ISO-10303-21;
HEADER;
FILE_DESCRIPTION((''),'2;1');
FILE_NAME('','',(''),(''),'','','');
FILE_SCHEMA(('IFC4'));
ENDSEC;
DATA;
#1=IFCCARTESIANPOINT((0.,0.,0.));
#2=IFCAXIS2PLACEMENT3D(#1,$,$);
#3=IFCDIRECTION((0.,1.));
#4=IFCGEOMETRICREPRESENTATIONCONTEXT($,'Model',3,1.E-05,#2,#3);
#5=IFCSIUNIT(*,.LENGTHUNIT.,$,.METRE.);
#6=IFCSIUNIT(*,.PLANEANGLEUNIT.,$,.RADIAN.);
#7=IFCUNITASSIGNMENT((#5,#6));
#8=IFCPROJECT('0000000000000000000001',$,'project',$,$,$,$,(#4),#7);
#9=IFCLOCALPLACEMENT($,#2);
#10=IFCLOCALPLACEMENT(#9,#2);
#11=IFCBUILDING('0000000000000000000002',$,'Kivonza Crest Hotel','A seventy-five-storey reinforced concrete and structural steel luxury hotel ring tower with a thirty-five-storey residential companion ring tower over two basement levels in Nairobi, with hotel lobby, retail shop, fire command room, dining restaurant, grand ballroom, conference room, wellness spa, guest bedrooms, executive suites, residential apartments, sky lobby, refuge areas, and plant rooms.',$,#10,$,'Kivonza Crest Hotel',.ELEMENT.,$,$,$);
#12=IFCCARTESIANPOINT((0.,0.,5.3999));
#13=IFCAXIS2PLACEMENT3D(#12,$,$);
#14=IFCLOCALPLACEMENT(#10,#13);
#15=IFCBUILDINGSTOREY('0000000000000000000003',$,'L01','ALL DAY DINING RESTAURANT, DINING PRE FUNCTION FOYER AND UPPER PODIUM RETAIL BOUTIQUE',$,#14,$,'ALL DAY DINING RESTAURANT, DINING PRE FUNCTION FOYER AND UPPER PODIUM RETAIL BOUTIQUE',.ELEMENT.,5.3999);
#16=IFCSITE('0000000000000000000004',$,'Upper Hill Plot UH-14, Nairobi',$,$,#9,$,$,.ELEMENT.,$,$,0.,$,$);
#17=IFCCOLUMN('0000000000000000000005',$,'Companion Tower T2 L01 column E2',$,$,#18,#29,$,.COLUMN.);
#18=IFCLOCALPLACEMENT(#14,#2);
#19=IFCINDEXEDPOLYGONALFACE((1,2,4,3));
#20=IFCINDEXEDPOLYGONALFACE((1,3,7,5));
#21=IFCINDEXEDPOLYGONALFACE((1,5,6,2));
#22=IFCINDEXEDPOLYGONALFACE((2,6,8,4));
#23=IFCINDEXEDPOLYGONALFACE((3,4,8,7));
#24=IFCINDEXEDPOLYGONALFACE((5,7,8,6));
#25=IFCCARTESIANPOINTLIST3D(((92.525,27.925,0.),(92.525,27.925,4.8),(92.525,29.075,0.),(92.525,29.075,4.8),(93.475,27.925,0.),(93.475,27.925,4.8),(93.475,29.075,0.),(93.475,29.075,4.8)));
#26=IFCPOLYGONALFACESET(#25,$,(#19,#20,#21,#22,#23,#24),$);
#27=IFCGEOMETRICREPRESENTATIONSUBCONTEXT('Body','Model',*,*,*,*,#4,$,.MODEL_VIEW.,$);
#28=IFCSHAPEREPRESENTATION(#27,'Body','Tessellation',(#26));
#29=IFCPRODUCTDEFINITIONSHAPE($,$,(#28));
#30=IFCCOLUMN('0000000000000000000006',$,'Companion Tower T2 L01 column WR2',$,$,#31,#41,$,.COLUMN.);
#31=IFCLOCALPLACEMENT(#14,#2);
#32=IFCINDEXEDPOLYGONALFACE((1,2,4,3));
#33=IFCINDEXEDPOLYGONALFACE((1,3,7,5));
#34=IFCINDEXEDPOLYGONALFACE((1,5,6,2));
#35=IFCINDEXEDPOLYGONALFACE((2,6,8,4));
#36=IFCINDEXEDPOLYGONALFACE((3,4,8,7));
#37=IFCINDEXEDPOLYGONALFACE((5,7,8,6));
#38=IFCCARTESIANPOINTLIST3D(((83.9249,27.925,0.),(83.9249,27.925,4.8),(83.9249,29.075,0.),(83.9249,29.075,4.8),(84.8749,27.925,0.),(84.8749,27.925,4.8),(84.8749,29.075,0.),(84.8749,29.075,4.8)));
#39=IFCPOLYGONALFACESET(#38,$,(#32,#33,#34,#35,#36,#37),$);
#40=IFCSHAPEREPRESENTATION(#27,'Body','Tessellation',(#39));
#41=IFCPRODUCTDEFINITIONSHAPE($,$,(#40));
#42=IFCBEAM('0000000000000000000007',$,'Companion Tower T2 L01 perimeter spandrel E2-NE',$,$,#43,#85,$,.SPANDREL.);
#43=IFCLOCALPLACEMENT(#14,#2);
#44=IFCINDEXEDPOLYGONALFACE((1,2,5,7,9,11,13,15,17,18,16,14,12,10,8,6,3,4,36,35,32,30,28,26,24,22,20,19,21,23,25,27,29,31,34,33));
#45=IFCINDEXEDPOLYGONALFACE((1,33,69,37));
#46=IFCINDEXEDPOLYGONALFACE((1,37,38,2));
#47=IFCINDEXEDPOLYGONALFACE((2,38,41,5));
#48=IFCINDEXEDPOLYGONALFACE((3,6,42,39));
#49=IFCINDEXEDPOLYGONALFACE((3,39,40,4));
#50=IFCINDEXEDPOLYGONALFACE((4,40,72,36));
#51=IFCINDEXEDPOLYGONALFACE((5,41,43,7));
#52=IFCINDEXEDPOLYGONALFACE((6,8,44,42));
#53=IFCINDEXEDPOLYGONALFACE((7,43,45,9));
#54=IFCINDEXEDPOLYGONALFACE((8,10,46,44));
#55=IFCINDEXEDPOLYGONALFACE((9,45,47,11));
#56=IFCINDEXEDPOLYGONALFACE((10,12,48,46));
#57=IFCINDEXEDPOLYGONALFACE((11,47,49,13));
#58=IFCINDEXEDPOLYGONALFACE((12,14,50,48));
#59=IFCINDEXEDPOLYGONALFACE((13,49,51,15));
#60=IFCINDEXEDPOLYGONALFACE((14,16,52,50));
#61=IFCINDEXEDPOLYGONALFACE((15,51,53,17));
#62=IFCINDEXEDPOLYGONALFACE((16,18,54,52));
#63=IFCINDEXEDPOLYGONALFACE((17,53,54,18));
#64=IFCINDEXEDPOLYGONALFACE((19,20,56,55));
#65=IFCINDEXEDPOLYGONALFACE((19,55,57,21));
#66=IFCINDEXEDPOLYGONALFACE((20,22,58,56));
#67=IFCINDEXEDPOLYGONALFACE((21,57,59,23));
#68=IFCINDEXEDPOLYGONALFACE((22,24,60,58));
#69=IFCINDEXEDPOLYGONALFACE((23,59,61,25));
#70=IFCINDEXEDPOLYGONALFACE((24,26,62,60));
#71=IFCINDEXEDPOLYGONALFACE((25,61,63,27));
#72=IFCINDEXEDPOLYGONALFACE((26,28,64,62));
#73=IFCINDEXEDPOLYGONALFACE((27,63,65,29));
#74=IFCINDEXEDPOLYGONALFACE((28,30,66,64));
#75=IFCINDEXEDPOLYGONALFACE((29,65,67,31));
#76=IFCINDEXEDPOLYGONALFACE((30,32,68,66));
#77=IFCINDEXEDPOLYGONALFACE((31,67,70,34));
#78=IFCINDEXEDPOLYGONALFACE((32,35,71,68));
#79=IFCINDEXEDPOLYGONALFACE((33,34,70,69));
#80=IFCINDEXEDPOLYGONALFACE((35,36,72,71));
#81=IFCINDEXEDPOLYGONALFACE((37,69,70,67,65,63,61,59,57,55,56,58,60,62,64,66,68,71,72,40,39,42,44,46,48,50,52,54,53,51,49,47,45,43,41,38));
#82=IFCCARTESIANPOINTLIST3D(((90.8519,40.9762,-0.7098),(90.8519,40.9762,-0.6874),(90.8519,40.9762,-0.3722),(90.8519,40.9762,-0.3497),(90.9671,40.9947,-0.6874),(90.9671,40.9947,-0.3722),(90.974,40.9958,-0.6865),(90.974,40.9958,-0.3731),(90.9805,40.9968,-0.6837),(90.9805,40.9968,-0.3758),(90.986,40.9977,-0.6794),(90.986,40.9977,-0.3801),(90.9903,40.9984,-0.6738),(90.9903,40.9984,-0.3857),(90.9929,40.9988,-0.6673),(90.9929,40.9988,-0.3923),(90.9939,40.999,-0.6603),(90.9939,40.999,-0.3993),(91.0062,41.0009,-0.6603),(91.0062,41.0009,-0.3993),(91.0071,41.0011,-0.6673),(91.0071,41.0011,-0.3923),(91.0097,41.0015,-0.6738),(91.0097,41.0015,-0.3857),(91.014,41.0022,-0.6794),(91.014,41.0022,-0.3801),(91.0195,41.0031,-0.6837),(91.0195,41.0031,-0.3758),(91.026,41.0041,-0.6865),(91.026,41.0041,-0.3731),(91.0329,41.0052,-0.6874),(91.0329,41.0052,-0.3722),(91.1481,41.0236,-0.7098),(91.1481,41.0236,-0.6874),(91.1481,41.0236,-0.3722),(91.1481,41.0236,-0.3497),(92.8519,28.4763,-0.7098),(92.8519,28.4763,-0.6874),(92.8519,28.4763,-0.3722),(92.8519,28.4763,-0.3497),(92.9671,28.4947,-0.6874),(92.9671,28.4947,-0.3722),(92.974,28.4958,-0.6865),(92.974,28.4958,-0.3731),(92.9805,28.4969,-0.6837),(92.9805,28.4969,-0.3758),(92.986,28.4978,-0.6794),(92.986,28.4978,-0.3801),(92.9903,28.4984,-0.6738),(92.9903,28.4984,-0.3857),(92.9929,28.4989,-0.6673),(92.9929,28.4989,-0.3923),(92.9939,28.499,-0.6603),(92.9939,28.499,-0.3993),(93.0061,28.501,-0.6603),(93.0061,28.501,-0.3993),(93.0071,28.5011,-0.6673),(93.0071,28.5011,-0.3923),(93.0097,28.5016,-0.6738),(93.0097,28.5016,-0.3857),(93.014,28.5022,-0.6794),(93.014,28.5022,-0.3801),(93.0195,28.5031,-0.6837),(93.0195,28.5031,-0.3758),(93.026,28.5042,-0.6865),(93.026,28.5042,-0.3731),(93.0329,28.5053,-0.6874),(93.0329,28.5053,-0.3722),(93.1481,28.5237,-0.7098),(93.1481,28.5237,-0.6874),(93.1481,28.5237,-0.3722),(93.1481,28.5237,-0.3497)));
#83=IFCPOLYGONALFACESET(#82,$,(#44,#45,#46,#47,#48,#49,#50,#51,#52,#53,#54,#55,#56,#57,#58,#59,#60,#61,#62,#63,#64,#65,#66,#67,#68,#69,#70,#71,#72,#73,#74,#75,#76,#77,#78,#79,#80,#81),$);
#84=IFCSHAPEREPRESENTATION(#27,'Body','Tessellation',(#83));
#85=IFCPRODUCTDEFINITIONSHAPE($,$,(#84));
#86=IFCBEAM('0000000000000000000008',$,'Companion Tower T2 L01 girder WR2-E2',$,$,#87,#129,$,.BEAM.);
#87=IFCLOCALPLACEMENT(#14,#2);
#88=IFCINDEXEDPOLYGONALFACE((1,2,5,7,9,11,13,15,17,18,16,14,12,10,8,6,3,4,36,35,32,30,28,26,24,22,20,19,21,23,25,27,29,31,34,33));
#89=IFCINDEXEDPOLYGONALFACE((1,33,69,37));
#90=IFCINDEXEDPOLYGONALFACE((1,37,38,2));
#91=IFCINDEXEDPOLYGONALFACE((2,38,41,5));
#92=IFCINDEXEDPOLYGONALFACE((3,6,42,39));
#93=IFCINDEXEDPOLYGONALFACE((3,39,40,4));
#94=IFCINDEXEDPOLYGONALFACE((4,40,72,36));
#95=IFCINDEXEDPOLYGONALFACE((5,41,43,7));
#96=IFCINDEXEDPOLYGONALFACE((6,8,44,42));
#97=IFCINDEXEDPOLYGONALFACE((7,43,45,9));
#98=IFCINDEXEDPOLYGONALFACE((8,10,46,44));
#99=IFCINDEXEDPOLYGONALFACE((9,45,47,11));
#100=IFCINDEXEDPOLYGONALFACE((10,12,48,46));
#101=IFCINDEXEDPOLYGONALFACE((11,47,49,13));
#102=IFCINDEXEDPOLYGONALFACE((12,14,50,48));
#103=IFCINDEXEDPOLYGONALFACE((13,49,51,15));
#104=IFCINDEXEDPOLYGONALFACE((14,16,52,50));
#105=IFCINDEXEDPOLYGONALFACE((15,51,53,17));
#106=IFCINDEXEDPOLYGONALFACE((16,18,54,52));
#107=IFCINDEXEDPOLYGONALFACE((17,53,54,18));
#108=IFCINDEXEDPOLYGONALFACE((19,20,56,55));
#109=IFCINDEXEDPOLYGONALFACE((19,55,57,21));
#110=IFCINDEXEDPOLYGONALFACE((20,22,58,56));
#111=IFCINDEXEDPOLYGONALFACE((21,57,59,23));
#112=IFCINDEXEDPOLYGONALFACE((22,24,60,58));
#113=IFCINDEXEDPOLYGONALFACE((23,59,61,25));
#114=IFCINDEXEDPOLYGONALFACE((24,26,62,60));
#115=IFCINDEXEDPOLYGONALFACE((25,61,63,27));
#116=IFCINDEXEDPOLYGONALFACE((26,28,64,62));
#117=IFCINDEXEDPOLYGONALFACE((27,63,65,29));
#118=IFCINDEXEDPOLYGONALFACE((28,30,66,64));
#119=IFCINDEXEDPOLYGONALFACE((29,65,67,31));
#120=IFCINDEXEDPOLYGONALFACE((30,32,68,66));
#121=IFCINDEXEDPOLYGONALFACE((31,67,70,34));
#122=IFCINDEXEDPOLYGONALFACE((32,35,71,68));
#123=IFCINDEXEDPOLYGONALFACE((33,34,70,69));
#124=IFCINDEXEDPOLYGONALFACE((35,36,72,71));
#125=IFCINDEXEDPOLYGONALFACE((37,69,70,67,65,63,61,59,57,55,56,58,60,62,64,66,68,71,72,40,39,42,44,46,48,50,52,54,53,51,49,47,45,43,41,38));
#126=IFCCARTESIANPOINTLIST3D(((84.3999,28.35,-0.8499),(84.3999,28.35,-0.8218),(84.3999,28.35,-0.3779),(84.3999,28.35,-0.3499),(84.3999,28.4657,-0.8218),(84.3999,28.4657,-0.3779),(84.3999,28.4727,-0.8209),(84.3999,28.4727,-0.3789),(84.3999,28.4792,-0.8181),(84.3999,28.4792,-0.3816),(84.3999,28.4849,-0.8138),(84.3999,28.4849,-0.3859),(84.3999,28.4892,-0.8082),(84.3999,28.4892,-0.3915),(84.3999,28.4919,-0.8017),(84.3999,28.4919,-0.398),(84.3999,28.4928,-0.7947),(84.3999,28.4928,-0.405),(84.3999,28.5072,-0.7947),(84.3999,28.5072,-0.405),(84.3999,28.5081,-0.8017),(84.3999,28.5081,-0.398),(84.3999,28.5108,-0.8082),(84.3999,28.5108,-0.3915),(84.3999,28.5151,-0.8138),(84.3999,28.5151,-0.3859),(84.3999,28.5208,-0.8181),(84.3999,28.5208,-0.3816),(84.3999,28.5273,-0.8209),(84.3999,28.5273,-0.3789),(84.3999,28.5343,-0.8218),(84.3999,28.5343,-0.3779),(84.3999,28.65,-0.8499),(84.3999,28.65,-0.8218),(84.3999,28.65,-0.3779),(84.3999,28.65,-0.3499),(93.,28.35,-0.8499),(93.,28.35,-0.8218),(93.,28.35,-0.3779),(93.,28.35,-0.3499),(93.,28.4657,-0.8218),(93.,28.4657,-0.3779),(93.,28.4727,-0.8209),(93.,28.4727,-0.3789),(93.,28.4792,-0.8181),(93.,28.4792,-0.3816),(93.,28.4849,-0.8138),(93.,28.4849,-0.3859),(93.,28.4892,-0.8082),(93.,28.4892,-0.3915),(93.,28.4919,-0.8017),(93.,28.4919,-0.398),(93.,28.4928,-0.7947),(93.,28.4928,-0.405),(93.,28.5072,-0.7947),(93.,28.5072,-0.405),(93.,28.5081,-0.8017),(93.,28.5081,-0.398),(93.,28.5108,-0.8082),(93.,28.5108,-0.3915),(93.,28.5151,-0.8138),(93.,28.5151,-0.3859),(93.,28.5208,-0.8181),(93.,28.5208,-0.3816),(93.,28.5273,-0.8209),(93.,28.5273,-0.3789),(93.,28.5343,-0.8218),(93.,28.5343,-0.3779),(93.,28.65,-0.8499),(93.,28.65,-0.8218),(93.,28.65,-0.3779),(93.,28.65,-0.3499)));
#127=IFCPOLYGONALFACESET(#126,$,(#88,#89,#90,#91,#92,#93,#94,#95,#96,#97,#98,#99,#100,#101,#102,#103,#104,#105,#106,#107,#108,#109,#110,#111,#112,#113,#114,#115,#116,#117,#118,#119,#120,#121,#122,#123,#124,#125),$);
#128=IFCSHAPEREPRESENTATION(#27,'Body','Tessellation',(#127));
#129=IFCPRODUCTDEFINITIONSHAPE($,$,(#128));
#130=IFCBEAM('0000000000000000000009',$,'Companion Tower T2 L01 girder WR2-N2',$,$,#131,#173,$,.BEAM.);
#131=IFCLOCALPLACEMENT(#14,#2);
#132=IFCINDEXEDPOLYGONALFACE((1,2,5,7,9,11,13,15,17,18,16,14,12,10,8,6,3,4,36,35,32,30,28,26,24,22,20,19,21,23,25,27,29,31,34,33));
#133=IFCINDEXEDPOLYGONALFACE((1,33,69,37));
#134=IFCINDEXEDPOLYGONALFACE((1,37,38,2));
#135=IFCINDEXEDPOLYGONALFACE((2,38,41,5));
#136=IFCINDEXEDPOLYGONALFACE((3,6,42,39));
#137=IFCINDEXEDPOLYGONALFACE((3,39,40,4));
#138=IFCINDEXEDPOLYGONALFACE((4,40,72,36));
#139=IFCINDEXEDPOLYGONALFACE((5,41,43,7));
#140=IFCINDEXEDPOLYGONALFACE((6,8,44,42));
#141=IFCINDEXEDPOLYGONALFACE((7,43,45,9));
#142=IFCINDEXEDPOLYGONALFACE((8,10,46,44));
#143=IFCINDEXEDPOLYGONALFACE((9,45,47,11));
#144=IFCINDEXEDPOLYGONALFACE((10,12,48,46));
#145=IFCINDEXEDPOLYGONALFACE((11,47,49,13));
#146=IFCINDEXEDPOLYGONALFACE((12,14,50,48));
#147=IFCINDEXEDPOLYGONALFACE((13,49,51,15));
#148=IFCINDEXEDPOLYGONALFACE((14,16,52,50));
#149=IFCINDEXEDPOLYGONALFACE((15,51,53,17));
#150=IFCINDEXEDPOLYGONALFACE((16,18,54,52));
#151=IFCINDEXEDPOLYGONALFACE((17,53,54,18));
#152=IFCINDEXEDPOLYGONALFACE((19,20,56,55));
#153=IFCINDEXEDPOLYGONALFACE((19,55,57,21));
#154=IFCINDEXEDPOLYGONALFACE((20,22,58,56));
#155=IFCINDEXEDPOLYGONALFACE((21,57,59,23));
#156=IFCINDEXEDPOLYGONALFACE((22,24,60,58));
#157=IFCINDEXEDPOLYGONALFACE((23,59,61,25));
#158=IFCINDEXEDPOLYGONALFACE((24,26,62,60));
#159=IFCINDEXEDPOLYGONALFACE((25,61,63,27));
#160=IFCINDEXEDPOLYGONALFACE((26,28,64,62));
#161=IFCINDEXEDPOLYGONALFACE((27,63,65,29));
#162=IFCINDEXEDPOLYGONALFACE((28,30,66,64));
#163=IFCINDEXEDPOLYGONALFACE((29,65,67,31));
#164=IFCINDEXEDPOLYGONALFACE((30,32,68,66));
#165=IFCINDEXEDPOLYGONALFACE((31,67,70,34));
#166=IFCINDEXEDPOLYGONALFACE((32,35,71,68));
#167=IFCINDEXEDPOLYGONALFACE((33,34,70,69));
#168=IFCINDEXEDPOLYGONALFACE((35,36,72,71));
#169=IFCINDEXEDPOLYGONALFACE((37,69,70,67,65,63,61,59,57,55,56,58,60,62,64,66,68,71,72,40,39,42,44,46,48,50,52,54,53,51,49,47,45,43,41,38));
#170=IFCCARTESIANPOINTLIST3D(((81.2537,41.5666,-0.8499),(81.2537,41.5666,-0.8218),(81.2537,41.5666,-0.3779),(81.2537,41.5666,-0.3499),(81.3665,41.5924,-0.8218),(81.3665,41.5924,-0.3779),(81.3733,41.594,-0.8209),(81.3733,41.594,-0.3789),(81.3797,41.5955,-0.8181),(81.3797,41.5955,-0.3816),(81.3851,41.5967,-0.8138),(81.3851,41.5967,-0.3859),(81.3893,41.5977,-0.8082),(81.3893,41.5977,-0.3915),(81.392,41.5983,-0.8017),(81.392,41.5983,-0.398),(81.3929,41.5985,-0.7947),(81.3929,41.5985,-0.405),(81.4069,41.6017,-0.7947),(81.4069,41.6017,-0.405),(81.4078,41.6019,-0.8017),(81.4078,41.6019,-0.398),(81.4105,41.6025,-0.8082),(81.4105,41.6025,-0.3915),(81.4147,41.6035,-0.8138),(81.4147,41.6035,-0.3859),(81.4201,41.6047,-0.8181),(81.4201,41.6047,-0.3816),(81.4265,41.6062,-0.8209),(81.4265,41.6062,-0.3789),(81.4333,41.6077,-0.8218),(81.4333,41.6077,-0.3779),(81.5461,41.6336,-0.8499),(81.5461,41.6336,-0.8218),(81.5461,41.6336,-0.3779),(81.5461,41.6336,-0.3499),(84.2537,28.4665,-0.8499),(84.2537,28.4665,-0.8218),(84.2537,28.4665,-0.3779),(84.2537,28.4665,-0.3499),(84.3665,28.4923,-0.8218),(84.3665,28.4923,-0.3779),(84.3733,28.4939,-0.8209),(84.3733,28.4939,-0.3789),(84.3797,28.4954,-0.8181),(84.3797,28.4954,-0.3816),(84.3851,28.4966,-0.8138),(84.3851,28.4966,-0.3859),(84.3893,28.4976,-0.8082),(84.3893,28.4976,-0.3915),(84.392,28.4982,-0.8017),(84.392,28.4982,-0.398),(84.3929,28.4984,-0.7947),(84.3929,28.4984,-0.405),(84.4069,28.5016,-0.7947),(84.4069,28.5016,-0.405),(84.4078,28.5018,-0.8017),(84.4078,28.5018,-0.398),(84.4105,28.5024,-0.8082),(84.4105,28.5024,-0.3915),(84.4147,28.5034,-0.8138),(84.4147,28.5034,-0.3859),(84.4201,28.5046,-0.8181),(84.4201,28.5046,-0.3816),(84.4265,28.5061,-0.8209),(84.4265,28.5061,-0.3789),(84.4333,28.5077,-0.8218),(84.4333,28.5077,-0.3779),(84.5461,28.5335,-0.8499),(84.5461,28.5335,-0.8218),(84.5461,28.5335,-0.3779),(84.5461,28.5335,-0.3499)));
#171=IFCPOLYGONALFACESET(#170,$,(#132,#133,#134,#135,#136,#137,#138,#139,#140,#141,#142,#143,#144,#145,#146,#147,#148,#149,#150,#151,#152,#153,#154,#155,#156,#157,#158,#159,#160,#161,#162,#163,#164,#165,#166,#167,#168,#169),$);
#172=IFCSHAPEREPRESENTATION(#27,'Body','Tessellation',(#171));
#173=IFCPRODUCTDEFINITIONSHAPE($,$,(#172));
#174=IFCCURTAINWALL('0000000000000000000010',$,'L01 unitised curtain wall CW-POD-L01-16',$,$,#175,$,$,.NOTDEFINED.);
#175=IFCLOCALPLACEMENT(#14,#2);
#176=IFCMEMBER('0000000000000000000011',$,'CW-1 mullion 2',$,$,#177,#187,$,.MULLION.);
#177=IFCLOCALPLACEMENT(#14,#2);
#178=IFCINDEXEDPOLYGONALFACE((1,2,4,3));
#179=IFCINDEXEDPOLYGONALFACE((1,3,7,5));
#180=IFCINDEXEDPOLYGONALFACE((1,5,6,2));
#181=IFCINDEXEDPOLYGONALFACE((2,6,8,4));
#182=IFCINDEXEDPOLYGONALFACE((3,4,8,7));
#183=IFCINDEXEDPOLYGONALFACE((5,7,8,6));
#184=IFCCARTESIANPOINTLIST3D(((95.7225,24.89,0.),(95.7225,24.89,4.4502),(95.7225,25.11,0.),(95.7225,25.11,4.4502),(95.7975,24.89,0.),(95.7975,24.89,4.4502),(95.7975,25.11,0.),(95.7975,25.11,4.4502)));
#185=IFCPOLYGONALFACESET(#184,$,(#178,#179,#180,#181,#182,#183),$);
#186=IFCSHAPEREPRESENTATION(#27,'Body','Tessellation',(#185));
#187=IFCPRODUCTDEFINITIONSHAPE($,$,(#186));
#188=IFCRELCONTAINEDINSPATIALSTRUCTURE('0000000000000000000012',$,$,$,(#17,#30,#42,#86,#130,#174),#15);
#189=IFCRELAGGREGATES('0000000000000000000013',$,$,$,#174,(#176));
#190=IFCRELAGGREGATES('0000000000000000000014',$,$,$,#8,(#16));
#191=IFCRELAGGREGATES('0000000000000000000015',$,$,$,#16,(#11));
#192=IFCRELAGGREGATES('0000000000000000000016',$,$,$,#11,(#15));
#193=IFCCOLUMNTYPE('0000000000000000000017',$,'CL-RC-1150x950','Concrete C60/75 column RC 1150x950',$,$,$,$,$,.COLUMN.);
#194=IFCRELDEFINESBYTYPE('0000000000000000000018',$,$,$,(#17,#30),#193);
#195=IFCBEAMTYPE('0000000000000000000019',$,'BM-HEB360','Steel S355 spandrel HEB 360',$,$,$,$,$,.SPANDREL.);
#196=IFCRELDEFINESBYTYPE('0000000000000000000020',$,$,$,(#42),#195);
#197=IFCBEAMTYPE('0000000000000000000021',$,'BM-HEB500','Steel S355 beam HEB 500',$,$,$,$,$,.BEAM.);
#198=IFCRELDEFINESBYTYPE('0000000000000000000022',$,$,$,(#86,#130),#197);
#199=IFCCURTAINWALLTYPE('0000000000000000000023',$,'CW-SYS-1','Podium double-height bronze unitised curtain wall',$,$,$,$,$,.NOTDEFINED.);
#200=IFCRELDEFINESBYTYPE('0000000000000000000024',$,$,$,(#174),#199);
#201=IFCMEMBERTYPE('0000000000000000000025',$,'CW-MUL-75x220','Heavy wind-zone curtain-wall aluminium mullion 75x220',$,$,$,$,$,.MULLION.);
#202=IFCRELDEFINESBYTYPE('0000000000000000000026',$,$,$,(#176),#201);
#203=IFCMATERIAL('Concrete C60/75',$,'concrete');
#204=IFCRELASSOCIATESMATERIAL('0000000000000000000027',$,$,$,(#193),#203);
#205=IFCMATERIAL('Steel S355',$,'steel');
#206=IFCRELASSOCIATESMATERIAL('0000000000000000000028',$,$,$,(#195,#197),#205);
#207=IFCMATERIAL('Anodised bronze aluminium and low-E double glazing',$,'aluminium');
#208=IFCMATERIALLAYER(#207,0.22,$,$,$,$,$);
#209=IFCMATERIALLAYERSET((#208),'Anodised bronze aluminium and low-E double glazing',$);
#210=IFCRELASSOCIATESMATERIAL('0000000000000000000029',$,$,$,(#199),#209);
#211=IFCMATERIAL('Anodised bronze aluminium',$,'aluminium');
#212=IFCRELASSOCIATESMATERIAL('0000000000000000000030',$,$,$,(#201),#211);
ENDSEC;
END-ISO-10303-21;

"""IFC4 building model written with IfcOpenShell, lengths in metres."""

from ifc_helpers import new_model, si_unit, direction, frame, origin, origin_2d, place, context, subcontext, project, spatial, rectangle, i_section, extrude, material, layer, layer_set, material_profile, profile_set, type_object, element, aggregate, save


model = new_model("IFC4")

# Units and contexts
model_context = context("Model", 3, precision=1e-05, world=origin(), true_north=direction((0.0, 1.0)))
body_context = subcontext(model_context, "Body", "Model", "MODEL_VIEW")
ifc_project = project(units=[si_unit("LENGTHUNIT", "METRE"), si_unit("PLANEANGLEUNIT", "RADIAN")], contexts=[model_context])

# Site, building, storey
site_placement = place(None, origin())
site = spatial("IfcSite", under=ifc_project, at=site_placement, Name="Upper Hill Plot UH-14, Nairobi", CompositionType="ELEMENT", RefElevation=0.0)
building_placement = place(site_placement, origin())
building = spatial("IfcBuilding", under=site, at=building_placement, Name="Kivonza Crest Hotel", Description="A seventy-five-storey reinforced concrete and structural steel luxury hotel ring tower with a thirty-five-storey residential companion ring tower over two basement levels in Nairobi, with hotel lobby, retail shop, fire command room, dining restaurant, grand ballroom, conference room, wellness spa, guest bedrooms, executive suites, residential apartments, sky lobby, refuge areas, and plant rooms.", LongName="Kivonza Crest Hotel", CompositionType="ELEMENT")
storey_placement = place(building_placement, frame((0.0, 0.0, 5.3999)))
storey = spatial("IfcBuildingStorey", under=building, at=storey_placement, Name="L01", Description="ALL DAY DINING RESTAURANT, DINING PRE FUNCTION FOYER AND UPPER PODIUM RETAIL BOUTIQUE", LongName="ALL DAY DINING RESTAURANT, DINING PRE FUNCTION FOYER AND UPPER PODIUM RETAIL BOUTIQUE", CompositionType="ELEMENT", Elevation=5.3999)

# Columns
ifc_material_1 = material(Name="Concrete C60/75", Category="concrete")
ifc_material_profile_1 = material_profile(ifc_material_1, rectangle(XDim=0.95, YDim=1.1499, at=origin_2d()), Name="RC 1150x950")
ifc_profile_set_1 = profile_set([ifc_material_profile_1], Name="Concrete C60/75")
column_type = type_object("IfcColumnType", Name="CL-RC-1150x950", Description="Concrete C60/75 column RC 1150x950", PredefinedType="COLUMN", material=ifc_profile_set_1)
for number, where, z_axis, x_axis, name in (
    (1, (93.0, 28.5, 0.0), (0.0, 0.0, 1.0), (1.0, 0.0, 0.0), "Companion Tower T2 L01 column E2"),
    (2, (84.3999, 28.5, 0.0), (0.0, 0.0, 1.0), (1.0, 0.0, 0.0), "Companion Tower T2 L01 column WR2"),
):
    element("IfcColumn", number, at=place(storey_placement, frame(where, z_axis=z_axis, x_axis=x_axis)), inside=storey, type_object=column_type, Name=name, PredefinedType="COLUMN", context=body_context, shape_type="SweptSolid", body=[
        extrude(rectangle(XDim=0.95, YDim=1.1499, at=origin_2d()), origin(), (0.0, 0.0, 1.0), 4.8),
    ])

# Beams
ifc_material_2 = material(Name="Steel S355", Category="steel")
ifc_material_profile_2 = material_profile(ifc_material_2, i_section(OverallWidth=0.3, OverallDepth=0.3601, WebThickness=0.0125, FlangeThickness=0.0225, FilletRadius=0.0271, at=origin_2d()), Name="HEB 360")
ifc_profile_set_2 = profile_set([ifc_material_profile_2], Name="Steel S355")
beam_type_1 = type_object("IfcBeamType", Name="BM-HEB360", Description="Steel S355 spandrel HEB 360", PredefinedType="SPANDREL", material=ifc_profile_set_2)
beam_1_placement = place(storey_placement, frame((93.0, 28.5, -0.5298), z_axis=(-0.157991, 0.987441, 0.0), x_axis=(-0.987441, -0.157991, 0.0)))
element("IfcBeam", 3, at=beam_1_placement, inside=storey, type_object=beam_type_1, Name="Companion Tower T2 L01 perimeter spandrel E2-NE", PredefinedType="SPANDREL", context=body_context, shape_type="SweptSolid", body=[
    extrude(i_section(OverallWidth=0.3, OverallDepth=0.3601, WebThickness=0.0125, FlangeThickness=0.0225, FilletRadius=0.0271, at=origin_2d()), origin(), (0.0, 0.0, 1.0), 12.6589),
])
ifc_material_profile_3 = material_profile(ifc_material_2, i_section(OverallWidth=0.3, OverallDepth=0.5, WebThickness=0.0144, FlangeThickness=0.0281, FilletRadius=0.0271, at=origin_2d()), Name="HEB 500")
ifc_profile_set_3 = profile_set([ifc_material_profile_3], Name="Steel S355")
beam_type_2 = type_object("IfcBeamType", Name="BM-HEB500", Description="Steel S355 beam HEB 500", PredefinedType="BEAM", material=ifc_profile_set_3)
beam_2_placement = place(storey_placement, frame((84.3999, 28.5, -0.5999), z_axis=(1.0, 0.0, 0.0), x_axis=(0.0, 1.0, 0.0)))
element("IfcBeam", 4, at=beam_2_placement, inside=storey, type_object=beam_type_2, Name="Companion Tower T2 L01 girder WR2-E2", PredefinedType="BEAM", context=body_context, shape_type="SweptSolid", body=[
    extrude(i_section(OverallWidth=0.3, OverallDepth=0.5, WebThickness=0.0144, FlangeThickness=0.0281, FilletRadius=0.0271, at=origin_2d()), origin(), (0.0, 0.0, 1.0), 8.6001),
])
beam_3_placement = place(storey_placement, frame((84.3999, 28.5, -0.5999), z_axis=(-0.223227, 0.974766, 0.0), x_axis=(-0.974766, -0.223227, 0.0)))
element("IfcBeam", 5, at=beam_3_placement, inside=storey, type_object=beam_type_2, Name="Companion Tower T2 L01 girder WR2-N2", PredefinedType="BEAM", context=body_context, shape_type="SweptSolid", body=[
    extrude(i_section(OverallWidth=0.3, OverallDepth=0.5, WebThickness=0.0144, FlangeThickness=0.0281, FilletRadius=0.0271, at=origin_2d()), origin(), (0.0, 0.0, 1.0), 13.4392),
])

# Curtain wall, member
ifc_material_3 = material(Name="Anodised bronze aluminium and low-E double glazing", Category="aluminium")
ifc_layer_1 = layer(ifc_material_3, 0.22)
ifc_layer_set_1 = layer_set([ifc_layer_1], Name="Anodised bronze aluminium and low-E double glazing")
curtain_wall_type = type_object("IfcCurtainWallType", Name="CW-SYS-1", Description="Podium double-height bronze unitised curtain wall", PredefinedType="NOTDEFINED", material=ifc_layer_set_1)
curtain_wall_1_placement = place(storey_placement, origin())
curtain_wall_1 = element("IfcCurtainWall", 6, at=curtain_wall_1_placement, inside=storey, type_object=curtain_wall_type, Name="L01 unitised curtain wall CW-POD-L01-16", PredefinedType="NOTDEFINED")
ifc_material_4 = material(Name="Anodised bronze aluminium", Category="aluminium")
ifc_material_profile_4 = material_profile(ifc_material_4, rectangle(XDim=0.075, YDim=0.22, at=origin_2d()), Name="CW-M 75x220")
ifc_profile_set_4 = profile_set([ifc_material_profile_4], Name="Anodised bronze aluminium")
member_type_1 = type_object("IfcMemberType", Name="CW-MUL-75x220", Description="Heavy wind-zone curtain-wall aluminium mullion 75x220", PredefinedType="MULLION", material=ifc_profile_set_4)
member_1_placement = place(storey_placement, frame((95.76, 25.0, 0.0), z_axis=(0.0, 0.0, 1.0), x_axis=(-1.0, 0.0, 0.0)))
member_1 = element("IfcMember", 7, at=member_1_placement, type_object=member_type_1, Name="CW-1 mullion 2", PredefinedType="MULLION", context=body_context, shape_type="SweptSolid", body=[
    extrude(rectangle(XDim=0.075, YDim=0.22, at=origin_2d()), origin(), (0.0, 0.0, 1.0), 4.4502),
])

aggregate(curtain_wall_1, [member_1])

save(model, "model.ifc")
